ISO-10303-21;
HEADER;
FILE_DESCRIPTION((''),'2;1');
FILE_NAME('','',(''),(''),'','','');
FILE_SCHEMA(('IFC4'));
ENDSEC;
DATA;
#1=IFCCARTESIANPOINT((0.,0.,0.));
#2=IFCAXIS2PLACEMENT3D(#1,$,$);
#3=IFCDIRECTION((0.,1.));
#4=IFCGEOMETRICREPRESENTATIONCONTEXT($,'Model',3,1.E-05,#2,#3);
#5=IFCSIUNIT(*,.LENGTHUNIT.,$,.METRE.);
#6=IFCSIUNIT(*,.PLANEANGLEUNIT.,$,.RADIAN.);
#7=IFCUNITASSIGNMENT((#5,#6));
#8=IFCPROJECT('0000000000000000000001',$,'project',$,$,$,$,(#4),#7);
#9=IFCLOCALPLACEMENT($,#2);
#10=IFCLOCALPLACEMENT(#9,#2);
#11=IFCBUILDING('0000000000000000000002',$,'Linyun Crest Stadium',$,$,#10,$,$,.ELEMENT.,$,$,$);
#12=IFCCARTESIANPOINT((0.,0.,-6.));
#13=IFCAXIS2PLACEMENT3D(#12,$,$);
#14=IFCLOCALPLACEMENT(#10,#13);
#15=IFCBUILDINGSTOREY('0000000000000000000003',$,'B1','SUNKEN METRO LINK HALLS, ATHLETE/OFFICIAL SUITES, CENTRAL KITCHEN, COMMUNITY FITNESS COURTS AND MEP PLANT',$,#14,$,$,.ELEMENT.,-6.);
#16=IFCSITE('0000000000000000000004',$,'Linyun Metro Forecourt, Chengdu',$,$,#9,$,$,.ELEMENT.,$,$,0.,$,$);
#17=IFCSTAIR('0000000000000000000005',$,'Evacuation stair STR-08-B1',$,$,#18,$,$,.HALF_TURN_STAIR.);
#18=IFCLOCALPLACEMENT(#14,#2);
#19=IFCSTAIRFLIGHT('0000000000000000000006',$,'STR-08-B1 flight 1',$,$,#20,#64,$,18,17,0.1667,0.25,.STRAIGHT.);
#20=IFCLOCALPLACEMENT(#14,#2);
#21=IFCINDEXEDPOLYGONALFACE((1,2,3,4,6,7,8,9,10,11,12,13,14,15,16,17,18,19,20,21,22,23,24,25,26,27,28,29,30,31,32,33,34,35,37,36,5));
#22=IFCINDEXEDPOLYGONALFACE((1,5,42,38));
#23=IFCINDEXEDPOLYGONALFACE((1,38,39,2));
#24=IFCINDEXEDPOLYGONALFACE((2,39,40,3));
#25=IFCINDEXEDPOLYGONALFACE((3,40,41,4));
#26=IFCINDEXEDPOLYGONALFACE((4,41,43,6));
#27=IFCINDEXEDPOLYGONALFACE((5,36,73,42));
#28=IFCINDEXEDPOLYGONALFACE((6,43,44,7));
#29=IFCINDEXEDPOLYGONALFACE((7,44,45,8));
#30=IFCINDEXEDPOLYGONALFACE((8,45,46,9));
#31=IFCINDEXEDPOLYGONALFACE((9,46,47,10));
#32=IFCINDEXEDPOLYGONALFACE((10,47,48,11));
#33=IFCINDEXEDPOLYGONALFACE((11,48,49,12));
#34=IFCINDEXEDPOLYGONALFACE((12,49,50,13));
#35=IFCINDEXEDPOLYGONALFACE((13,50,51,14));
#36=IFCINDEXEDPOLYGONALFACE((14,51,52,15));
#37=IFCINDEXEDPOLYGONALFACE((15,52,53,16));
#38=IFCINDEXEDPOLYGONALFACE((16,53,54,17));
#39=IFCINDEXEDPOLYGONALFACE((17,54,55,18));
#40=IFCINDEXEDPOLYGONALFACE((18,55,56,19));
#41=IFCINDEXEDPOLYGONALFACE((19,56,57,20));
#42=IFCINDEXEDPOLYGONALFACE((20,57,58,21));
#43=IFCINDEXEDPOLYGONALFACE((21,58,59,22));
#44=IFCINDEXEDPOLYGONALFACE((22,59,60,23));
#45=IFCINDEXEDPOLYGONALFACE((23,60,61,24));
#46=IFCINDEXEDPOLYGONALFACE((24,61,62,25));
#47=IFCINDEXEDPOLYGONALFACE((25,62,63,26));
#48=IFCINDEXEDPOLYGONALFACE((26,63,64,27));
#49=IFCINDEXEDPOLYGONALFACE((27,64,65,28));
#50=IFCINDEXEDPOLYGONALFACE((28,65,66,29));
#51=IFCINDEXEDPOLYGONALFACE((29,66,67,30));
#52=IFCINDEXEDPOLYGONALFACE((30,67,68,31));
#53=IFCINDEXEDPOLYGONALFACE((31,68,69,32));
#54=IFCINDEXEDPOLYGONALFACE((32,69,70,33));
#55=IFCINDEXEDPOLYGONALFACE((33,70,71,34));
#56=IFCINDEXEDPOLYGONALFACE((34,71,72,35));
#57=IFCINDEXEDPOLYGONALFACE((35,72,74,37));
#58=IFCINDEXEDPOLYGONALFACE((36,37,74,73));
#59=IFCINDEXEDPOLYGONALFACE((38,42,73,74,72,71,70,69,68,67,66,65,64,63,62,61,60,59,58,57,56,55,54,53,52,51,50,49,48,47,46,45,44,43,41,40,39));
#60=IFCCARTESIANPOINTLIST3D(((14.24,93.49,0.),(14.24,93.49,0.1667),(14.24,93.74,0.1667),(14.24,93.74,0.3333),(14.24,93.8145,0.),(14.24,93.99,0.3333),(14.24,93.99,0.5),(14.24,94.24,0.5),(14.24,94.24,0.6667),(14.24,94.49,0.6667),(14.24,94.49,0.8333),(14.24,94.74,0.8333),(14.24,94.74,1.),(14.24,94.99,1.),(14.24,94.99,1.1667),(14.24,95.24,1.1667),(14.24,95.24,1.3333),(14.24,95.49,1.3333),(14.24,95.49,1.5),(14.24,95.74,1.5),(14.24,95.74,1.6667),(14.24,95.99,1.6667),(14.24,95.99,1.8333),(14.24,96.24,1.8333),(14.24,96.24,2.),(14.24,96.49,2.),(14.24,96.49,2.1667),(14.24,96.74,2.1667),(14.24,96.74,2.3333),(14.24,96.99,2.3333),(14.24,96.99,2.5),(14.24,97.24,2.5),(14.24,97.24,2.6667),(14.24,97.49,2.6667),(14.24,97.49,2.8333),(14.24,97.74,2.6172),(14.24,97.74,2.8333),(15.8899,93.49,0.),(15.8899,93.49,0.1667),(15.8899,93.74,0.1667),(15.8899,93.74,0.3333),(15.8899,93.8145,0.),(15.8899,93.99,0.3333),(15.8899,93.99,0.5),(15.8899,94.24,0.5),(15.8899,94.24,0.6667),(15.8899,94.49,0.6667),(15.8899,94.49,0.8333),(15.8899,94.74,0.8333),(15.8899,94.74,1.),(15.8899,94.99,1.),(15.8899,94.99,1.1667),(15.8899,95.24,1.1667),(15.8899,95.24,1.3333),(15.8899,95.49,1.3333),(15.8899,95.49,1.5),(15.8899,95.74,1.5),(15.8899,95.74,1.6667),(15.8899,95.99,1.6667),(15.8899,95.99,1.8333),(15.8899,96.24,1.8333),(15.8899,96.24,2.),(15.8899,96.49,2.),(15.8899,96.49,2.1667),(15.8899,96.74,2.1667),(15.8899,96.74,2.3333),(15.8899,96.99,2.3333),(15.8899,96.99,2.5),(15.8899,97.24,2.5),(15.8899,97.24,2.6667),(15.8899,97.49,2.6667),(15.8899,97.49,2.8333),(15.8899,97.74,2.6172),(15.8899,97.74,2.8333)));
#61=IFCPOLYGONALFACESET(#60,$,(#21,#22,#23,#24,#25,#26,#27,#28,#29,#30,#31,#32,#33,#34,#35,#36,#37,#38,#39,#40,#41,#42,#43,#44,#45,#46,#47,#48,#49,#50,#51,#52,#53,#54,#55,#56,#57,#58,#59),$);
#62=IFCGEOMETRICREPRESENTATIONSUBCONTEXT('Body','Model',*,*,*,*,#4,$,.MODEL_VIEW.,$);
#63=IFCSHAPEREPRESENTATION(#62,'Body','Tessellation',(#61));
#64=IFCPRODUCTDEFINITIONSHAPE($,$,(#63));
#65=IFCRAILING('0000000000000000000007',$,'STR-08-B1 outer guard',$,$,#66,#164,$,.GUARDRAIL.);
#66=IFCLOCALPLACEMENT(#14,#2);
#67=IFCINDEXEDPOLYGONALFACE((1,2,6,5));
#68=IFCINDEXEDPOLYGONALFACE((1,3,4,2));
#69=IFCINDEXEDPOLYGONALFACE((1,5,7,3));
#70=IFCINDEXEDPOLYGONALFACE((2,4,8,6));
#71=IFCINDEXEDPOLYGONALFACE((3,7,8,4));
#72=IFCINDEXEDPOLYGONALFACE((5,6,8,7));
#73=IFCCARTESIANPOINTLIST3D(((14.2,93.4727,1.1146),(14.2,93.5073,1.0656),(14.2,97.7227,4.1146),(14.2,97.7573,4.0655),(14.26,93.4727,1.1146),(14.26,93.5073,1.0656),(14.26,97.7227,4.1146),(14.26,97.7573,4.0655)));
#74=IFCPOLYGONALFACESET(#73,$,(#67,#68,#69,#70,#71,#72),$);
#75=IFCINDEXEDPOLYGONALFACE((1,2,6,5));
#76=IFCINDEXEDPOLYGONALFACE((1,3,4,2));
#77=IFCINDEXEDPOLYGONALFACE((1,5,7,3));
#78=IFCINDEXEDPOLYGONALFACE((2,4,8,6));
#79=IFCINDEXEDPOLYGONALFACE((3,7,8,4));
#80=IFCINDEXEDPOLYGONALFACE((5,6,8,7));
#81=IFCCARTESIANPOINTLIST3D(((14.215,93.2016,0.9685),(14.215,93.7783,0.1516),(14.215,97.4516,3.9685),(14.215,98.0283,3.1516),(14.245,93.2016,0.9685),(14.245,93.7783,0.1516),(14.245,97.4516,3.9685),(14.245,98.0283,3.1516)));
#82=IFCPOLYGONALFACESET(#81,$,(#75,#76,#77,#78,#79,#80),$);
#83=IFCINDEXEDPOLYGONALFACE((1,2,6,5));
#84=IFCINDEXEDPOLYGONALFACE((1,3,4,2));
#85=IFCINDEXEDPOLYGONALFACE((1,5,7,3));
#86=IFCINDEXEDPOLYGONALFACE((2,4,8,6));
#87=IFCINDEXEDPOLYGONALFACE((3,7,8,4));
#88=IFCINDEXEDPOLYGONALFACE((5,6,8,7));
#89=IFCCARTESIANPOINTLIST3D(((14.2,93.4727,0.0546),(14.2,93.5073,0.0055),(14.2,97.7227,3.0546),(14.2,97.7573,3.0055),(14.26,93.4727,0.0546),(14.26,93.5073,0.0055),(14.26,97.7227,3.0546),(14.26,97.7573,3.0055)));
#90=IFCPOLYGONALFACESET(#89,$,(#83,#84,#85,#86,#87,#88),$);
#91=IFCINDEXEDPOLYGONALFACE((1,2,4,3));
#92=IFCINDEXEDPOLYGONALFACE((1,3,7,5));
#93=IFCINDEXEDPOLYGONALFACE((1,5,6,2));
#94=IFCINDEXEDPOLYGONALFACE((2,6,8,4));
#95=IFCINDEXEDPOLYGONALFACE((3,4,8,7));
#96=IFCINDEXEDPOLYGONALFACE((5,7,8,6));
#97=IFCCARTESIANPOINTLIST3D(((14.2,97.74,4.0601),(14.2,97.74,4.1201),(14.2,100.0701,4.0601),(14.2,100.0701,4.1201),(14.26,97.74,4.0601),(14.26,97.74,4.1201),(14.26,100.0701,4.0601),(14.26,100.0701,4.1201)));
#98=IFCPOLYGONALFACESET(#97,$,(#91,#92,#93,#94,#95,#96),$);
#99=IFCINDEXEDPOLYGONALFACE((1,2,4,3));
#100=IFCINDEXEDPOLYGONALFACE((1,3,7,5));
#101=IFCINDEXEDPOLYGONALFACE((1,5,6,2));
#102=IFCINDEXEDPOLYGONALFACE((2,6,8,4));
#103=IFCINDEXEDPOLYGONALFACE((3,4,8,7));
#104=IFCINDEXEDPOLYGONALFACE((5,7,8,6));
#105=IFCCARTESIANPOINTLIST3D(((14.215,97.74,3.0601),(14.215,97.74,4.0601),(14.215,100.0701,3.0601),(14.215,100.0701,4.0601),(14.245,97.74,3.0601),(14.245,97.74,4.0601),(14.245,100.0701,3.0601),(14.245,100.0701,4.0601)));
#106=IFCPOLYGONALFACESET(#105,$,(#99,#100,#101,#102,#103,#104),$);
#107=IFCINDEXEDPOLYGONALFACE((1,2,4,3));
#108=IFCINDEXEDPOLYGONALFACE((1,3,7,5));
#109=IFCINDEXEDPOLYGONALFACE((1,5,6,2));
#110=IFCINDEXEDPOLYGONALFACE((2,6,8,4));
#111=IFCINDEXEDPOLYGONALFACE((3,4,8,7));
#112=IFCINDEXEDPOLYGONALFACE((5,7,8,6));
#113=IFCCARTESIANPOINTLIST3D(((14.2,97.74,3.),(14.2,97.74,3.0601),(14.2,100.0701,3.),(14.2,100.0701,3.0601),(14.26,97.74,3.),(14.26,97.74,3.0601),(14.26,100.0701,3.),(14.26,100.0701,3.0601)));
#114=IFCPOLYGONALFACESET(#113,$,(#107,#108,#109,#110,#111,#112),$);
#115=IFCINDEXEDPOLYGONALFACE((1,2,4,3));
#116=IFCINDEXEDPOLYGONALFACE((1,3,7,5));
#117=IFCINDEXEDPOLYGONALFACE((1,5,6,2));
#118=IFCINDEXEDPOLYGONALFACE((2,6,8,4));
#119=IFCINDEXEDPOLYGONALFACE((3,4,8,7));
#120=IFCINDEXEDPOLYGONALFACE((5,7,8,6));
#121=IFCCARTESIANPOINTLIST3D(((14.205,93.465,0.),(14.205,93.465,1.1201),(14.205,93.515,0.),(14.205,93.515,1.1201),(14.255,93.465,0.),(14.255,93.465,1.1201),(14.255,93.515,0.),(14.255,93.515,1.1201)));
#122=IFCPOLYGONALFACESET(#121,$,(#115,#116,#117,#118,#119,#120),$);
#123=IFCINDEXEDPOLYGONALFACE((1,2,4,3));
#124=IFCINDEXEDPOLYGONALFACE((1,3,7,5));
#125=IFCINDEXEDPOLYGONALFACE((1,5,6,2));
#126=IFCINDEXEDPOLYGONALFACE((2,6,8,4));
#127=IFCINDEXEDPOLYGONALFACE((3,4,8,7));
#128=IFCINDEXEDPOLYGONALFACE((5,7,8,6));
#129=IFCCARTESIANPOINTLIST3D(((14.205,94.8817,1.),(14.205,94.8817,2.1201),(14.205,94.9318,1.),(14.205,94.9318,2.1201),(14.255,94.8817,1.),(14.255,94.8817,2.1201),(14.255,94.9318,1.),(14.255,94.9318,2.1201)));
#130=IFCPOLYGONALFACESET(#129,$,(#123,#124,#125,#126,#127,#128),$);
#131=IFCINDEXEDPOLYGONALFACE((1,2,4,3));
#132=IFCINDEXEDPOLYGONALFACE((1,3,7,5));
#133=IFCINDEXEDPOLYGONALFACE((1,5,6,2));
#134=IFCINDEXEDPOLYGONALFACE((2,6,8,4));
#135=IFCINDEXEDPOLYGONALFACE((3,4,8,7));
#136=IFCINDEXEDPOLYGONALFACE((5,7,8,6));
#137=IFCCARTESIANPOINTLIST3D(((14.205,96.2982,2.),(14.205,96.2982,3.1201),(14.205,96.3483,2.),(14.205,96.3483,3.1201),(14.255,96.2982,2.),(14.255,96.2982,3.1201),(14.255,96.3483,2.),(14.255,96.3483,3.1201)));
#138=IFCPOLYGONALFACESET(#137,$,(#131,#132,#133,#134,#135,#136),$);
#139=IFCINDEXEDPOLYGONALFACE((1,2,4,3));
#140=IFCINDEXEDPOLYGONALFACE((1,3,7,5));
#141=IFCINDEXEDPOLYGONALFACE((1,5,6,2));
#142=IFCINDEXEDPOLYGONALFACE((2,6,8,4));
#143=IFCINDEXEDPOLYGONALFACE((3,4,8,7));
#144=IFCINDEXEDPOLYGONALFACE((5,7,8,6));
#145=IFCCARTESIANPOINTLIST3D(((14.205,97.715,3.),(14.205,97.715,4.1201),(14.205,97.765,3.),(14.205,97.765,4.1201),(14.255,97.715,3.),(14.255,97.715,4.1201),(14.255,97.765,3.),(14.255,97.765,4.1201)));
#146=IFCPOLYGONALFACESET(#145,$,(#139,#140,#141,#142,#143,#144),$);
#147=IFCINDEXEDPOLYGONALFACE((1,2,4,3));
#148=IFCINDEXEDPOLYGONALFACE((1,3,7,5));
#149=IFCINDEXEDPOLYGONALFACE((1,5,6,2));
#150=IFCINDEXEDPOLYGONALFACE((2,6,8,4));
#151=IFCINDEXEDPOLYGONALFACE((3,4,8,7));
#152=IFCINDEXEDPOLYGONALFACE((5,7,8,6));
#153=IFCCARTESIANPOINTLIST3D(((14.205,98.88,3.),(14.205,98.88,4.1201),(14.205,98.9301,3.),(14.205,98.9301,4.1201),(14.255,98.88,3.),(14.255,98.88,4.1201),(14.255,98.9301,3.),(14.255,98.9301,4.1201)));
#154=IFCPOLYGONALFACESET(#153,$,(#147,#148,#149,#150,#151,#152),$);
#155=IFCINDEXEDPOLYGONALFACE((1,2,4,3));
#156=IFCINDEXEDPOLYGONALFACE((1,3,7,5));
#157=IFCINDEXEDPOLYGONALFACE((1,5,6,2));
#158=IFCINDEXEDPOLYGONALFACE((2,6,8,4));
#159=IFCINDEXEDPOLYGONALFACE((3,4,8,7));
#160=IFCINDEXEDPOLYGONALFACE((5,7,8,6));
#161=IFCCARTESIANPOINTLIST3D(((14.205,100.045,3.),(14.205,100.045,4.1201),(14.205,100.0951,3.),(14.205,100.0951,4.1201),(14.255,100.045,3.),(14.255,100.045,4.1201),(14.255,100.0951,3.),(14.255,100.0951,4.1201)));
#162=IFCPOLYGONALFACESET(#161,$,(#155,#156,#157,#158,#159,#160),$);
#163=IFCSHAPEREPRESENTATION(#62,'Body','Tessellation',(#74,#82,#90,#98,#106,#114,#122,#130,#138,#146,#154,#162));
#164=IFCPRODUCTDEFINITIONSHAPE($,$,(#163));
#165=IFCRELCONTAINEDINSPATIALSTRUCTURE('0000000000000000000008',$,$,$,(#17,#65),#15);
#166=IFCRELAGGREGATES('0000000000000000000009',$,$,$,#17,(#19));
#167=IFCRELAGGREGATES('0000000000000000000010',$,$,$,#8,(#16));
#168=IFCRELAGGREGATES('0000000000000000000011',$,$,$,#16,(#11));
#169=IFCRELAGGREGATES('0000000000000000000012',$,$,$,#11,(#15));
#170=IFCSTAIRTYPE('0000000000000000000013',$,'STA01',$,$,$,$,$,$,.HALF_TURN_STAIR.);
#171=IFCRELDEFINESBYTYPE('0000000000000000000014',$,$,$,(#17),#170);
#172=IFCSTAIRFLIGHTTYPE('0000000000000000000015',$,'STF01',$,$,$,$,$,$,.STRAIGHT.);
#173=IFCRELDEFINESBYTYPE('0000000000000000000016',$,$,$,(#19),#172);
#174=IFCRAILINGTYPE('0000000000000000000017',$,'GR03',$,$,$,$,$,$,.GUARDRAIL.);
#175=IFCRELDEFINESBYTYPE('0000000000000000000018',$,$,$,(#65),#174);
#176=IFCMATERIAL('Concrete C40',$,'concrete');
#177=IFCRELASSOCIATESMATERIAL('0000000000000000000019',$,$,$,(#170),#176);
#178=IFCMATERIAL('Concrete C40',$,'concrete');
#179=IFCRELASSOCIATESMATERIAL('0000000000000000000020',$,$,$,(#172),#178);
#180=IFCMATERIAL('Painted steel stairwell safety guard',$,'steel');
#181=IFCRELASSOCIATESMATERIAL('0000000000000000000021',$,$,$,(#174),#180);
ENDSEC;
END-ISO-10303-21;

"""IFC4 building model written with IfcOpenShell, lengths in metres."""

from ifc_helpers import new_model, si_unit, direction, frame, origin, origin_2d, place, context, subcontext, project, spatial, polyline, rectangle, outline, extrude, material, type_object, element, aggregate, save


model = new_model("IFC4")

# Units and contexts
model_context = context("Model", 3, precision=1e-05, world=origin(), true_north=direction((0.0, 1.0)))
body_context = subcontext(model_context, "Body", "Model", "MODEL_VIEW")
ifc_project = project(units=[si_unit("LENGTHUNIT", "METRE"), si_unit("PLANEANGLEUNIT", "RADIAN")], contexts=[model_context])

# Site, building, storey
site_placement = place(None, origin())
site = spatial("IfcSite", under=ifc_project, at=site_placement, Name="Linyun Metro Forecourt, Chengdu", CompositionType="ELEMENT", RefElevation=0.0)
building_placement = place(site_placement, origin())
building = spatial("IfcBuilding", under=site, at=building_placement, Name="Linyun Crest Stadium", CompositionType="ELEMENT")
storey_placement = place(building_placement, frame((0.0, 0.0, -6.0)))
storey = spatial("IfcBuildingStorey", under=building, at=storey_placement, Name="B1", Description="SUNKEN METRO LINK HALLS, ATHLETE/OFFICIAL SUITES, CENTRAL KITCHEN, COMMUNITY FITNESS COURTS AND MEP PLANT", CompositionType="ELEMENT", Elevation=-6.0)

# Stair, stair flight
ifc_material_1 = material(Name="Concrete C40", Category="concrete")
stair_type = type_object("IfcStairType", Name="STA01", PredefinedType="HALF_TURN_STAIR", material=ifc_material_1)
stair_placement = place(storey_placement, origin())
stair = element("IfcStair", 1, at=stair_placement, inside=storey, type_object=stair_type, Name="Evacuation stair STR-08-B1", PredefinedType="HALF_TURN_STAIR")
ifc_material_2 = material(Name="Concrete C40", Category="concrete")
stair_flight_type = type_object("IfcStairFlightType", Name="STF01", PredefinedType="STRAIGHT", material=ifc_material_2)
stair_flight_placement = place(storey_placement, frame((15.0649, 93.49, 0.0), z_axis=(0.0, 0.0, 1.0), x_axis=(0.0, 1.0, 0.0)))
stair_flight = element("IfcStairFlight", 2, at=stair_flight_placement, type_object=stair_flight_type, Name="STR-08-B1 flight 1", NumberOfRisers=18, NumberOfTreads=17, PredefinedType="STRAIGHT", RiserHeight=0.1667, TreadLength=0.25, context=body_context, shape_type="SweptSolid", body=[
    extrude(outline(polyline([(0.0, 0.0), (0.0, 0.1667), (0.25, 0.1667), (0.25, 0.3333), (0.5, 0.3333), (0.5, 0.5), (0.75, 0.5), (0.75, 0.6667), (1.0, 0.6667), (1.0, 0.8333), (1.25, 0.8333), (1.25, 1.0), (1.5, 1.0), (1.5, 1.1667), (1.75, 1.1667), (1.75, 1.3333), (2.0, 1.3333), (2.0, 1.5), (2.25, 1.5), (2.25, 1.6667), (2.5, 1.6667), (2.5, 1.8333), (2.75, 1.8333), (2.75, 2.0), (3.0, 2.0), (3.0, 2.1667), (3.25, 2.1667), (3.25, 2.3333), (3.5, 2.3333), (3.5, 2.5), (3.75, 2.5), (3.75, 2.6667), (4.0, 2.6667), (4.0, 2.8333), (4.25, 2.8333), (4.25, 3.0), (4.25, 2.6172), (0.3245, 0.0), (0.0, 0.0)])), frame((0.0, 0.825, 0.0), z_axis=(0.0, -1.0, 0.0), x_axis=(1.0, 0.0, 0.0)), (0.0, 0.0, 1.0), 1.6499),
])
aggregate(stair, [stair_flight])

# Railing
ifc_material_3 = material(Name="Painted steel stairwell safety guard", Category="steel")
railing_type = type_object("IfcRailingType", Name="GR03", PredefinedType="GUARDRAIL", material=ifc_material_3)
railing_placement = place(storey_placement, frame((14.23, 93.49, 0.0)))
element("IfcRailing", 3, at=railing_placement, inside=storey, type_object=railing_type, Name="STR-08-B1 outer guard", PredefinedType="GUARDRAIL", context=body_context, shape_type="SweptSolid", body=[
    extrude(rectangle(XDim=0.0601, YDim=0.0601, at=origin_2d()), frame((0.0, 0.0, 1.0901), z_axis=(0.0, 0.816968, 0.576683), x_axis=(-1.0, 0.0, 0.0)), (0.0, 0.0, 1.0), 5.2021),
    extrude(rectangle(XDim=0.03, YDim=1.0, at=origin_2d()), frame((0.0, 0.0, 0.5601), z_axis=(0.0, 0.816968, 0.576683), x_axis=(-1.0, 0.0, 0.0)), (0.0, 0.0, 1.0), 5.2021),
    extrude(rectangle(XDim=0.0601, YDim=0.0601, at=origin_2d()), frame((0.0, 0.0, 0.03), z_axis=(0.0, 0.816968, 0.576683), x_axis=(-1.0, 0.0, 0.0)), (0.0, 0.0, 1.0), 5.2021),
    extrude(rectangle(XDim=0.0601, YDim=0.0601, at=origin_2d()), frame((0.0, 4.25, 4.0901), z_axis=(0.0, 1.0, 0.0), x_axis=(-1.0, 0.0, 0.0)), (0.0, 0.0, 1.0), 2.3301),
    extrude(rectangle(XDim=0.03, YDim=1.0, at=origin_2d()), frame((0.0, 4.25, 3.5601), z_axis=(0.0, 1.0, 0.0), x_axis=(-1.0, 0.0, 0.0)), (0.0, 0.0, 1.0), 2.3301),
    extrude(rectangle(XDim=0.0601, YDim=0.0601, at=origin_2d()), frame((0.0, 4.25, 3.03), z_axis=(0.0, 1.0, 0.0), x_axis=(-1.0, 0.0, 0.0)), (0.0, 0.0, 1.0), 2.3301),
    extrude(rectangle(XDim=0.05, YDim=0.05, at=origin_2d()), origin(), (0.0, 0.0, 1.0), 1.1201),
    extrude(rectangle(XDim=0.05, YDim=0.05, at=origin_2d()), frame((0.0, 1.4167, 1.0)), (0.0, 0.0, 1.0), 1.1201),
    extrude(rectangle(XDim=0.05, YDim=0.05, at=origin_2d()), frame((0.0, 2.8333, 2.0)), (0.0, 0.0, 1.0), 1.1201),
    extrude(rectangle(XDim=0.05, YDim=0.05, at=origin_2d()), frame((0.0, 4.25, 3.0)), (0.0, 0.0, 1.0), 1.1201),
    extrude(rectangle(XDim=0.05, YDim=0.05, at=origin_2d()), frame((0.0, 5.415, 3.0)), (0.0, 0.0, 1.0), 1.1201),
    extrude(rectangle(XDim=0.05, YDim=0.05, at=origin_2d()), frame((0.0, 6.5801, 3.0)), (0.0, 0.0, 1.0), 1.1201),
])

save(model, "model.ifc")
